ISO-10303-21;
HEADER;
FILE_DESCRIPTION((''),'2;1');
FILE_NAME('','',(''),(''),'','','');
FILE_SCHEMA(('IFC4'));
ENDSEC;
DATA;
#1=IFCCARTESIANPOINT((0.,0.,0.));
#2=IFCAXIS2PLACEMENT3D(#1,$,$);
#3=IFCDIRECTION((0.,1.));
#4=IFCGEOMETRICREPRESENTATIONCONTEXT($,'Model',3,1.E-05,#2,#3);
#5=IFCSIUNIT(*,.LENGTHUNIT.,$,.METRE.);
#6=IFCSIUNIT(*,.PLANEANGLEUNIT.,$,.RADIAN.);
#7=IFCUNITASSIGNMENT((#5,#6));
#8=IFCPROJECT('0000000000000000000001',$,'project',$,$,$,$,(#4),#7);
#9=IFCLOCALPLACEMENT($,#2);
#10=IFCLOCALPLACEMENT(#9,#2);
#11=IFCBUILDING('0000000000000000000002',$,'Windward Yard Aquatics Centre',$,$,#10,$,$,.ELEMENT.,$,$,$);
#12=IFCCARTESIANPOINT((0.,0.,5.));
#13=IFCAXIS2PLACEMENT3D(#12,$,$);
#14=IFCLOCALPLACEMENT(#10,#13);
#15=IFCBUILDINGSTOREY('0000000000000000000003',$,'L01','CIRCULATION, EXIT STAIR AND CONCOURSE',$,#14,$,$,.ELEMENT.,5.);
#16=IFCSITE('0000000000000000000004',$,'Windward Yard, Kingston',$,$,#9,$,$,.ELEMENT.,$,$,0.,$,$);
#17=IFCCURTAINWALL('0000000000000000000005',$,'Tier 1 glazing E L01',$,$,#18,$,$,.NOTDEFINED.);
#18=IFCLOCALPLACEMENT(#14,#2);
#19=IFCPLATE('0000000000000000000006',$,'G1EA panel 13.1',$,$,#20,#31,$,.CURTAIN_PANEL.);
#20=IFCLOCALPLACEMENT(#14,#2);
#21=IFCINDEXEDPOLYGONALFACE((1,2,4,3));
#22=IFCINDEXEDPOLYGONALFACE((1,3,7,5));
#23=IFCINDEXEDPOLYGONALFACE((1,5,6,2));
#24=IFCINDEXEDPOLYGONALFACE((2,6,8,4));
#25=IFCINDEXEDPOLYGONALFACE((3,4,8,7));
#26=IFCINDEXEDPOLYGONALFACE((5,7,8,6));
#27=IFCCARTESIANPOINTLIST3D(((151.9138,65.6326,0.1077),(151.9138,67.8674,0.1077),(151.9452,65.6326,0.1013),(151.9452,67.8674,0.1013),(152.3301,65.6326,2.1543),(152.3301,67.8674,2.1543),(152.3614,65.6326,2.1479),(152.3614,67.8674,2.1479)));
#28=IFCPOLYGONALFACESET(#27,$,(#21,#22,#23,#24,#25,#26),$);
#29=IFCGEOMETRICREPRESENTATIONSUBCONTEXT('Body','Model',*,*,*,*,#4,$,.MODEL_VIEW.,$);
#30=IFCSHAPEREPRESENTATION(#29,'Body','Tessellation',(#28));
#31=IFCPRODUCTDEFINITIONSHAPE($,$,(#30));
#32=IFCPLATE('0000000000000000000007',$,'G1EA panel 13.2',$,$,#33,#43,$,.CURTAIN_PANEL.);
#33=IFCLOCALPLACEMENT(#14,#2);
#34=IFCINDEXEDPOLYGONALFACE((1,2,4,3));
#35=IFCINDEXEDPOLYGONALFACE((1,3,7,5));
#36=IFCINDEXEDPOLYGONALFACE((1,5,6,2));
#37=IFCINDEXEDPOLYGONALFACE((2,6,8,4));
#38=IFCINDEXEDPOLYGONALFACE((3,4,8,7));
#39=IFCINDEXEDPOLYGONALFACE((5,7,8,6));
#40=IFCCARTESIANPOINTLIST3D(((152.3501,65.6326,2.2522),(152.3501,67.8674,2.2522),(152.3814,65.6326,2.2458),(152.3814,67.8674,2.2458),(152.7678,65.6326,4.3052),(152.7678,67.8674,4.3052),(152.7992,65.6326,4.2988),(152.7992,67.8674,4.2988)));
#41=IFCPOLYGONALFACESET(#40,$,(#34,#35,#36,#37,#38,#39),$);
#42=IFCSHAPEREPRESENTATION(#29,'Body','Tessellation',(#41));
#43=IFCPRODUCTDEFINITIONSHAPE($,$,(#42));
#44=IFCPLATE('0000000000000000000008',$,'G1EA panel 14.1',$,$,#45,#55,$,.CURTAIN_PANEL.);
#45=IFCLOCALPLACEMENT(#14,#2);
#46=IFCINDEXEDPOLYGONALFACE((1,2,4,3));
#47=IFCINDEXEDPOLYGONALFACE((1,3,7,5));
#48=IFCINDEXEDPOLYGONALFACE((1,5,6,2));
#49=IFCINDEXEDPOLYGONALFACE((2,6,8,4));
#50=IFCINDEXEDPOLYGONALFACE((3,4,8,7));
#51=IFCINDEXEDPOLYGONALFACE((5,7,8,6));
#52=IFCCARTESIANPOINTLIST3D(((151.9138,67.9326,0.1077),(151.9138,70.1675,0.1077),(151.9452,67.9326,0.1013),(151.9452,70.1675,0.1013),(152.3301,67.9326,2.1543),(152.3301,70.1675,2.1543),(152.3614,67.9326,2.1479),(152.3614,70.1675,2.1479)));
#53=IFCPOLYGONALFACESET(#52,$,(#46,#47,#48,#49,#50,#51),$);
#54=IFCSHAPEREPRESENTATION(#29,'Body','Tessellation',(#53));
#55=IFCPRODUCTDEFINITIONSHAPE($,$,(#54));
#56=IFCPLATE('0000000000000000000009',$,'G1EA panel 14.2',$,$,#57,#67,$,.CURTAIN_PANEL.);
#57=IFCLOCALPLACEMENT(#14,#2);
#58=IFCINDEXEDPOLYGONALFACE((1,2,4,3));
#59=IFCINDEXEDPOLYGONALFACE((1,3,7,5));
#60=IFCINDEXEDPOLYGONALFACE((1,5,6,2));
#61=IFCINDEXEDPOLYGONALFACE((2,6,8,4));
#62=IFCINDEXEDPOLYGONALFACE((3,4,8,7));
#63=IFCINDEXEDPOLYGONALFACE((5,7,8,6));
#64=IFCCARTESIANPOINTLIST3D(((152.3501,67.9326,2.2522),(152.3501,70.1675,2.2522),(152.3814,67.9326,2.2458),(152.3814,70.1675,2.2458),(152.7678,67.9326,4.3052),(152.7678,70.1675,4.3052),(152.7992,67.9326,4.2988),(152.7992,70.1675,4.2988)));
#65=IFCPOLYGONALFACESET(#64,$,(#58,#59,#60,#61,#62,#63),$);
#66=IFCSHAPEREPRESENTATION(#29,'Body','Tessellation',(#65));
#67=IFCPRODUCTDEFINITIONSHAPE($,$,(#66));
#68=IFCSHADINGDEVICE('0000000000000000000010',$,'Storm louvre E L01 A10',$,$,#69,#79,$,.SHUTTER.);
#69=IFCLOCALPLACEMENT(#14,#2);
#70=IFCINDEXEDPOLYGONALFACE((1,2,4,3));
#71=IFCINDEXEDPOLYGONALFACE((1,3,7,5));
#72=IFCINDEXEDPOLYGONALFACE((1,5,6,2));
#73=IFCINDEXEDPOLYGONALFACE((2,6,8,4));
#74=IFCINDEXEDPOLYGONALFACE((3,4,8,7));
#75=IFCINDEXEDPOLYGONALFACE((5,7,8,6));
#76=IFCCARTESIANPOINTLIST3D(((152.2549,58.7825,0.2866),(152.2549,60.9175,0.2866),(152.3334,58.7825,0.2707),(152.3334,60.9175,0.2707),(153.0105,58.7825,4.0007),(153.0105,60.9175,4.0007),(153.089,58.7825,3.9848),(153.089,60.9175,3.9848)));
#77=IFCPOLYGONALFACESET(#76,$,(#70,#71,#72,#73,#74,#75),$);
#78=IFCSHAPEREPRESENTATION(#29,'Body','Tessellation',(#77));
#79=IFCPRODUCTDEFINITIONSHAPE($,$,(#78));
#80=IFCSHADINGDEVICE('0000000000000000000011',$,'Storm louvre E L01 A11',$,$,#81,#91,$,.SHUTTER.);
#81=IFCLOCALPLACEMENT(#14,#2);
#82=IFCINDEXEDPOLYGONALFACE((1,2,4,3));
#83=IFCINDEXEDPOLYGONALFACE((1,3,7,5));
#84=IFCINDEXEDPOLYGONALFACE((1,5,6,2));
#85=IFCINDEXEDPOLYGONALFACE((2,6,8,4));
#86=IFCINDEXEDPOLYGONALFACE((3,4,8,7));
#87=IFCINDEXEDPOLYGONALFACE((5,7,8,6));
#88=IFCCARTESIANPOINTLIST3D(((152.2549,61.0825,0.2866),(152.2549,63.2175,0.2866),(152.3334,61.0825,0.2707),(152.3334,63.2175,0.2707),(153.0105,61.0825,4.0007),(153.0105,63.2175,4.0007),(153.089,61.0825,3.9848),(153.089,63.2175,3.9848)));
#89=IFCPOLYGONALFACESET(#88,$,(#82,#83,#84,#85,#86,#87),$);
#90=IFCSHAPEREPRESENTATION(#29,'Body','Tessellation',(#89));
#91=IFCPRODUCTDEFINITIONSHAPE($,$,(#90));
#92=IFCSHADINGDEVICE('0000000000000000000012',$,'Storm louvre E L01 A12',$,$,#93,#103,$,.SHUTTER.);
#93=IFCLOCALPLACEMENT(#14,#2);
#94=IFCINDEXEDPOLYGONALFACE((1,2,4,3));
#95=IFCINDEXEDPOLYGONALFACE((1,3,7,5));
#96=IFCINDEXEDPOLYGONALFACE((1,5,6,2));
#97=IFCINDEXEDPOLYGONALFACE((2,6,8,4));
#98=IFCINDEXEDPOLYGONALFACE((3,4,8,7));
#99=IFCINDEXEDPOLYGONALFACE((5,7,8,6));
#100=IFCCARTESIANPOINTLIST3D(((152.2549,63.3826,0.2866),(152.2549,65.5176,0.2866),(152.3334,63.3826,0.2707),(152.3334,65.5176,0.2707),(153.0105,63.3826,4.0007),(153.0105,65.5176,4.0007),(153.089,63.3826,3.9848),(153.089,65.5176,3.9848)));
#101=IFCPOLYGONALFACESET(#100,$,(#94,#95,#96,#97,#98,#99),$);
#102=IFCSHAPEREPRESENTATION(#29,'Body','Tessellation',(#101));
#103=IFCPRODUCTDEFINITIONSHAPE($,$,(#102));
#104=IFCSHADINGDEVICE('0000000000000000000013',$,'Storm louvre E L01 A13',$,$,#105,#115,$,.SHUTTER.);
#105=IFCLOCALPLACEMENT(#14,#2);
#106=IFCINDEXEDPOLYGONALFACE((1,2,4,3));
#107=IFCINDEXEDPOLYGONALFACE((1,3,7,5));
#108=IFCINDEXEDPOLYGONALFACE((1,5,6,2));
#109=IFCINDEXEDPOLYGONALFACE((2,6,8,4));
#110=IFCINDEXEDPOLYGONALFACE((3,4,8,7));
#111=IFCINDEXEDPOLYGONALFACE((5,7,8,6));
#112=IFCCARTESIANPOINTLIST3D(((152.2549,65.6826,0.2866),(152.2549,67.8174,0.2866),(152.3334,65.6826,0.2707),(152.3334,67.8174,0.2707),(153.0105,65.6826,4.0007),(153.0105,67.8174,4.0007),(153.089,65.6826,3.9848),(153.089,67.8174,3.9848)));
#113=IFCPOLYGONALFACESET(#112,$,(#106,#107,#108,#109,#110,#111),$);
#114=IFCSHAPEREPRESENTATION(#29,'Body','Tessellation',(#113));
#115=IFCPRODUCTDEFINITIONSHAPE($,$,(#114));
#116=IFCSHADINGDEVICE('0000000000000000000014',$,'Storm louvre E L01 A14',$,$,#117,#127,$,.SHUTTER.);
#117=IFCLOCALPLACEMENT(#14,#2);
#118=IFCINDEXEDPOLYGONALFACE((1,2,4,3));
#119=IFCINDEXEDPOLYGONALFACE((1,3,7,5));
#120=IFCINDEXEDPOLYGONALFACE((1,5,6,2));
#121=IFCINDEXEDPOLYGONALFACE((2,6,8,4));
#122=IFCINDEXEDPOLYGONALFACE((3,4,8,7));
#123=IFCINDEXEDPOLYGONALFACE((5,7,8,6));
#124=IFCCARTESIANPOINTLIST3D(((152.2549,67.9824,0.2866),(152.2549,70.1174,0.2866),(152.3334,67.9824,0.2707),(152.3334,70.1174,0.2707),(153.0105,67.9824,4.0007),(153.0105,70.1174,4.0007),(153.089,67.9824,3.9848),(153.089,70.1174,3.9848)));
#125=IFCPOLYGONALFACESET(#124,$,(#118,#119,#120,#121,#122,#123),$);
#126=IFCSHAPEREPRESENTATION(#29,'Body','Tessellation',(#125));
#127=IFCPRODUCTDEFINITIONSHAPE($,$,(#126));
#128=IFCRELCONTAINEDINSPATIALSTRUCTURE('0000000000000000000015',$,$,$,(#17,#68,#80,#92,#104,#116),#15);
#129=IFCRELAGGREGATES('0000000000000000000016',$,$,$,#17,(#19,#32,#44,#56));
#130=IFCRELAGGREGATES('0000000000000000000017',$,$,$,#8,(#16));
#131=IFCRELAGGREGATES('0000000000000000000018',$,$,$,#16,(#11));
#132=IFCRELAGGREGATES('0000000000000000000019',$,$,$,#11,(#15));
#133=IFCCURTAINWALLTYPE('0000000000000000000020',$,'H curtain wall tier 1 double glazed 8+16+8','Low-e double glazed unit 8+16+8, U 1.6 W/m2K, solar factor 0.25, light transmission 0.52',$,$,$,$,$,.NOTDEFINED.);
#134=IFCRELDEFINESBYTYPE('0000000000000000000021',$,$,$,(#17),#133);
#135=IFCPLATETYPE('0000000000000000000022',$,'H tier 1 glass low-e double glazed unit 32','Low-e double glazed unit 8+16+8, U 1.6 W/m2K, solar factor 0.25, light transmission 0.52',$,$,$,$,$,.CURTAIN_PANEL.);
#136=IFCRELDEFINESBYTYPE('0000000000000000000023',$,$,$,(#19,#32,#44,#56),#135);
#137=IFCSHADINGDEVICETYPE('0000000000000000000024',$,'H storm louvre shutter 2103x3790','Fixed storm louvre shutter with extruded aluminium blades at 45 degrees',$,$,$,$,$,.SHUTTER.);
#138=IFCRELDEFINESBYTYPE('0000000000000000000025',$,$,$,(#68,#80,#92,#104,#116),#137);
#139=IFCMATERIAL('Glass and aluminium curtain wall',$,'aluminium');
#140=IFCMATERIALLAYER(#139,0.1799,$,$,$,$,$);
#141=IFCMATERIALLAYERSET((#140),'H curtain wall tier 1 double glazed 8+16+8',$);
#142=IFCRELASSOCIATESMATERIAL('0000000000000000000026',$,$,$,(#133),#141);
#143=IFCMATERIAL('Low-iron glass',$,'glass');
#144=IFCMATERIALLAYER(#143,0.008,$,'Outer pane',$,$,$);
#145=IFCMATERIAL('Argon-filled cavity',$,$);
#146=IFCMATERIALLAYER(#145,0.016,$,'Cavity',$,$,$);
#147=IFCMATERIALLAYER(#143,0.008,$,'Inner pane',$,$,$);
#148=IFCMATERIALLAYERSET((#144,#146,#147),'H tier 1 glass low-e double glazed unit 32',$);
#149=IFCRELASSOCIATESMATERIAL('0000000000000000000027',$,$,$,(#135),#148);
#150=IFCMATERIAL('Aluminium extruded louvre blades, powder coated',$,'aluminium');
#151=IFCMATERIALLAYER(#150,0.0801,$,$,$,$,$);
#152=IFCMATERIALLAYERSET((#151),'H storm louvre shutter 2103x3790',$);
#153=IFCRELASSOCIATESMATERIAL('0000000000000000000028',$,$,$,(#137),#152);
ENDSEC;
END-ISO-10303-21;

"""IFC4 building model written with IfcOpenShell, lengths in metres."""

from ifc_helpers import new_model, si_unit, direction, frame, origin, place, context, subcontext, project, spatial, polyline, outline, extrude, material, layer, layer_set, type_object, element, aggregate, save


model = new_model("IFC4")

# Units and contexts
model_context = context("Model", 3, precision=1e-05, world=origin(), true_north=direction((0.0, 1.0)))
body_context = subcontext(model_context, "Body", "Model", "MODEL_VIEW")
ifc_project = project(units=[si_unit("LENGTHUNIT", "METRE"), si_unit("PLANEANGLEUNIT", "RADIAN")], contexts=[model_context])

# Site, building, storey
site_placement = place(None, origin())
site = spatial("IfcSite", under=ifc_project, at=site_placement, Name="Windward Yard, Kingston", CompositionType="ELEMENT", RefElevation=0.0)
building_placement = place(site_placement, origin())
building = spatial("IfcBuilding", under=site, at=building_placement, Name="Windward Yard Aquatics Centre", CompositionType="ELEMENT")
storey_placement = place(building_placement, frame((0.0, 0.0, 5.0)))
storey = spatial("IfcBuildingStorey", under=building, at=storey_placement, Name="L01", Description="CIRCULATION, EXIT STAIR AND CONCOURSE", CompositionType="ELEMENT", Elevation=5.0)

# Curtain wall, plates
ifc_material_1 = material(Name="Glass and aluminium curtain wall", Category="aluminium")
ifc_layer_1 = layer(ifc_material_1, 0.1799)
ifc_layer_set_1 = layer_set([ifc_layer_1], Name="H curtain wall tier 1 double glazed 8+16+8")
curtain_wall_type = type_object("IfcCurtainWallType", Name="H curtain wall tier 1 double glazed 8+16+8", Description="Low-e double glazed unit 8+16+8, U 1.6 W/m2K, solar factor 0.25, light transmission 0.52", PredefinedType="NOTDEFINED", material=ifc_layer_set_1)
curtain_wall_placement = place(storey_placement, origin())
curtain_wall = element("IfcCurtainWall", 1, at=curtain_wall_placement, inside=storey, type_object=curtain_wall_type, Name="Tier 1 glazing E L01", PredefinedType="NOTDEFINED")
ifc_material_2 = material(Name="Low-iron glass", Category="glass")
ifc_layer_2 = layer(ifc_material_2, 0.008, Name="Outer pane")
ifc_material_3 = material(Name="Argon-filled cavity")
ifc_layer_3 = layer(ifc_material_3, 0.016, Name="Cavity")
ifc_layer_4 = layer(ifc_material_2, 0.008, Name="Inner pane")
ifc_layer_set_2 = layer_set([ifc_layer_2, ifc_layer_3, ifc_layer_4], Name="H tier 1 glass low-e double glazed unit 32")
plate_type = type_object("IfcPlateType", Name="H tier 1 glass low-e double glazed unit 32", Description="Low-e double glazed unit 8+16+8, U 1.6 W/m2K, solar factor 0.25, light transmission 0.52", PredefinedType="CURTAIN_PANEL", material=ifc_layer_set_2)
plate_1_placement = place(storey_placement, frame((151.9138, 65.6326, 0.1077), z_axis=(-0.979937, 0.0, 0.199307), x_axis=(0.0, 1.0, 0.0)))
plate_1 = element("IfcPlate", 2, at=plate_1_placement, type_object=plate_type, Name="G1EA panel 13.1", PredefinedType="CURTAIN_PANEL", context=body_context, shape_type="SweptSolid", body=[
    extrude(outline(polyline([(0.0, 0.0), (2.2349, 0.0), (2.2349, -2.0885), (0.0, -2.0885), (0.0, 0.0)])), origin(), (0.0, 0.0, -1.0), 0.032),
])
plate_2_placement = place(storey_placement, frame((152.3501, 65.6326, 2.2522), z_axis=(-0.979921, 0.0, 0.199387), x_axis=(0.0, 1.0, 0.0)))
plate_2 = element("IfcPlate", 3, at=plate_2_placement, type_object=plate_type, Name="G1EA panel 13.2", PredefinedType="CURTAIN_PANEL", context=body_context, shape_type="SweptSolid", body=[
    extrude(outline(polyline([(0.0, 0.0), (2.2349, 0.0), (2.2349, -2.095), (0.0, -2.095), (0.0, 0.0)])), origin(), (0.0, 0.0, -1.0), 0.032),
])
plate_3_placement = place(storey_placement, frame((151.9138, 67.9326, 0.1077), z_axis=(-0.979937, 0.0, 0.199307), x_axis=(0.0, 1.0, 0.0)))
plate_3 = element("IfcPlate", 4, at=plate_3_placement, type_object=plate_type, Name="G1EA panel 14.1", PredefinedType="CURTAIN_PANEL", context=body_context, shape_type="SweptSolid", body=[
    extrude(outline(polyline([(0.0, 0.0), (2.2349, 0.0), (2.2349, -2.0885), (0.0, -2.0885), (0.0, 0.0)])), origin(), (0.0, 0.0, -1.0), 0.032),
])
plate_4_placement = place(storey_placement, frame((152.3501, 67.9326, 2.2522), z_axis=(-0.979921, 0.0, 0.199387), x_axis=(0.0, 1.0, 0.0)))
plate_4 = element("IfcPlate", 5, at=plate_4_placement, type_object=plate_type, Name="G1EA panel 14.2", PredefinedType="CURTAIN_PANEL", context=body_context, shape_type="SweptSolid", body=[
    extrude(outline(polyline([(0.0, 0.0), (2.2349, 0.0), (2.2349, -2.095), (0.0, -2.095), (0.0, 0.0)])), origin(), (0.0, 0.0, -1.0), 0.032),
])
aggregate(curtain_wall, [plate_1, plate_2, plate_3, plate_4])

# Shading devices
ifc_material_4 = material(Name="Aluminium extruded louvre blades, powder coated", Category="aluminium")
ifc_layer_5 = layer(ifc_material_4, 0.0801)
ifc_layer_set_3 = layer_set([ifc_layer_5], Name="H storm louvre shutter 2103x3790")
shading_device_type = type_object("IfcShadingDeviceType", Name="H storm louvre shutter 2103x3790", Description="Fixed storm louvre shutter with extruded aluminium blades at 45 degrees", PredefinedType="SHUTTER", material=ifc_layer_set_3)
for number, where, z_axis, x_axis, name in (
    (6, (152.2549, 58.7825, 0.2866), (-0.979926, 0.0, 0.199361), (0.0, 1.0, 0.0), "Storm louvre E L01 A10"),
    (7, (152.2549, 61.0825, 0.2866), (-0.979926, 0.0, 0.199361), (0.0, 1.0, 0.0), "Storm louvre E L01 A11"),
    (8, (152.2549, 63.3826, 0.2866), (-0.979926, 0.0, 0.199361), (0.0, 1.0, 0.0), "Storm louvre E L01 A12"),
):
    element("IfcShadingDevice", number, at=place(storey_placement, frame(where, z_axis=z_axis, x_axis=x_axis)), inside=storey, type_object=shading_device_type, Name=name, PredefinedType="SHUTTER", context=body_context, shape_type="SweptSolid", body=[
        extrude(outline(polyline([(0.0, 0.0), (2.135, 0.0), (2.135, -3.7902), (0.0, -3.7902), (0.0, 0.0)])), origin(), (0.0, 0.0, -1.0), 0.0801),
    ])
shading_device_1_placement = place(storey_placement, frame((152.2549, 65.6826, 0.2866), z_axis=(-0.979926, 0.0, 0.199361), x_axis=(0.0, 1.0, 0.0)))
element("IfcShadingDevice", 9, at=shading_device_1_placement, inside=storey, type_object=shading_device_type, Name="Storm louvre E L01 A13", PredefinedType="SHUTTER", context=body_context, shape_type="SweptSolid", body=[
    extrude(outline(polyline([(0.0, 0.0), (2.1348, 0.0), (2.1348, -3.7902), (0.0, -3.7902), (0.0, 0.0)])), origin(), (0.0, 0.0, -1.0), 0.0801),
])
shading_device_2_placement = place(storey_placement, frame((152.2549, 67.9824, 0.2866), z_axis=(-0.979926, 0.0, 0.199361), x_axis=(0.0, 1.0, 0.0)))
element("IfcShadingDevice", 10, at=shading_device_2_placement, inside=storey, type_object=shading_device_type, Name="Storm louvre E L01 A14", PredefinedType="SHUTTER", context=body_context, shape_type="SweptSolid", body=[
    extrude(outline(polyline([(0.0, 0.0), (2.135, 0.0), (2.135, -3.7902), (0.0, -3.7902), (0.0, 0.0)])), origin(), (0.0, 0.0, -1.0), 0.0801),
])

save(model, "model.ifc")
